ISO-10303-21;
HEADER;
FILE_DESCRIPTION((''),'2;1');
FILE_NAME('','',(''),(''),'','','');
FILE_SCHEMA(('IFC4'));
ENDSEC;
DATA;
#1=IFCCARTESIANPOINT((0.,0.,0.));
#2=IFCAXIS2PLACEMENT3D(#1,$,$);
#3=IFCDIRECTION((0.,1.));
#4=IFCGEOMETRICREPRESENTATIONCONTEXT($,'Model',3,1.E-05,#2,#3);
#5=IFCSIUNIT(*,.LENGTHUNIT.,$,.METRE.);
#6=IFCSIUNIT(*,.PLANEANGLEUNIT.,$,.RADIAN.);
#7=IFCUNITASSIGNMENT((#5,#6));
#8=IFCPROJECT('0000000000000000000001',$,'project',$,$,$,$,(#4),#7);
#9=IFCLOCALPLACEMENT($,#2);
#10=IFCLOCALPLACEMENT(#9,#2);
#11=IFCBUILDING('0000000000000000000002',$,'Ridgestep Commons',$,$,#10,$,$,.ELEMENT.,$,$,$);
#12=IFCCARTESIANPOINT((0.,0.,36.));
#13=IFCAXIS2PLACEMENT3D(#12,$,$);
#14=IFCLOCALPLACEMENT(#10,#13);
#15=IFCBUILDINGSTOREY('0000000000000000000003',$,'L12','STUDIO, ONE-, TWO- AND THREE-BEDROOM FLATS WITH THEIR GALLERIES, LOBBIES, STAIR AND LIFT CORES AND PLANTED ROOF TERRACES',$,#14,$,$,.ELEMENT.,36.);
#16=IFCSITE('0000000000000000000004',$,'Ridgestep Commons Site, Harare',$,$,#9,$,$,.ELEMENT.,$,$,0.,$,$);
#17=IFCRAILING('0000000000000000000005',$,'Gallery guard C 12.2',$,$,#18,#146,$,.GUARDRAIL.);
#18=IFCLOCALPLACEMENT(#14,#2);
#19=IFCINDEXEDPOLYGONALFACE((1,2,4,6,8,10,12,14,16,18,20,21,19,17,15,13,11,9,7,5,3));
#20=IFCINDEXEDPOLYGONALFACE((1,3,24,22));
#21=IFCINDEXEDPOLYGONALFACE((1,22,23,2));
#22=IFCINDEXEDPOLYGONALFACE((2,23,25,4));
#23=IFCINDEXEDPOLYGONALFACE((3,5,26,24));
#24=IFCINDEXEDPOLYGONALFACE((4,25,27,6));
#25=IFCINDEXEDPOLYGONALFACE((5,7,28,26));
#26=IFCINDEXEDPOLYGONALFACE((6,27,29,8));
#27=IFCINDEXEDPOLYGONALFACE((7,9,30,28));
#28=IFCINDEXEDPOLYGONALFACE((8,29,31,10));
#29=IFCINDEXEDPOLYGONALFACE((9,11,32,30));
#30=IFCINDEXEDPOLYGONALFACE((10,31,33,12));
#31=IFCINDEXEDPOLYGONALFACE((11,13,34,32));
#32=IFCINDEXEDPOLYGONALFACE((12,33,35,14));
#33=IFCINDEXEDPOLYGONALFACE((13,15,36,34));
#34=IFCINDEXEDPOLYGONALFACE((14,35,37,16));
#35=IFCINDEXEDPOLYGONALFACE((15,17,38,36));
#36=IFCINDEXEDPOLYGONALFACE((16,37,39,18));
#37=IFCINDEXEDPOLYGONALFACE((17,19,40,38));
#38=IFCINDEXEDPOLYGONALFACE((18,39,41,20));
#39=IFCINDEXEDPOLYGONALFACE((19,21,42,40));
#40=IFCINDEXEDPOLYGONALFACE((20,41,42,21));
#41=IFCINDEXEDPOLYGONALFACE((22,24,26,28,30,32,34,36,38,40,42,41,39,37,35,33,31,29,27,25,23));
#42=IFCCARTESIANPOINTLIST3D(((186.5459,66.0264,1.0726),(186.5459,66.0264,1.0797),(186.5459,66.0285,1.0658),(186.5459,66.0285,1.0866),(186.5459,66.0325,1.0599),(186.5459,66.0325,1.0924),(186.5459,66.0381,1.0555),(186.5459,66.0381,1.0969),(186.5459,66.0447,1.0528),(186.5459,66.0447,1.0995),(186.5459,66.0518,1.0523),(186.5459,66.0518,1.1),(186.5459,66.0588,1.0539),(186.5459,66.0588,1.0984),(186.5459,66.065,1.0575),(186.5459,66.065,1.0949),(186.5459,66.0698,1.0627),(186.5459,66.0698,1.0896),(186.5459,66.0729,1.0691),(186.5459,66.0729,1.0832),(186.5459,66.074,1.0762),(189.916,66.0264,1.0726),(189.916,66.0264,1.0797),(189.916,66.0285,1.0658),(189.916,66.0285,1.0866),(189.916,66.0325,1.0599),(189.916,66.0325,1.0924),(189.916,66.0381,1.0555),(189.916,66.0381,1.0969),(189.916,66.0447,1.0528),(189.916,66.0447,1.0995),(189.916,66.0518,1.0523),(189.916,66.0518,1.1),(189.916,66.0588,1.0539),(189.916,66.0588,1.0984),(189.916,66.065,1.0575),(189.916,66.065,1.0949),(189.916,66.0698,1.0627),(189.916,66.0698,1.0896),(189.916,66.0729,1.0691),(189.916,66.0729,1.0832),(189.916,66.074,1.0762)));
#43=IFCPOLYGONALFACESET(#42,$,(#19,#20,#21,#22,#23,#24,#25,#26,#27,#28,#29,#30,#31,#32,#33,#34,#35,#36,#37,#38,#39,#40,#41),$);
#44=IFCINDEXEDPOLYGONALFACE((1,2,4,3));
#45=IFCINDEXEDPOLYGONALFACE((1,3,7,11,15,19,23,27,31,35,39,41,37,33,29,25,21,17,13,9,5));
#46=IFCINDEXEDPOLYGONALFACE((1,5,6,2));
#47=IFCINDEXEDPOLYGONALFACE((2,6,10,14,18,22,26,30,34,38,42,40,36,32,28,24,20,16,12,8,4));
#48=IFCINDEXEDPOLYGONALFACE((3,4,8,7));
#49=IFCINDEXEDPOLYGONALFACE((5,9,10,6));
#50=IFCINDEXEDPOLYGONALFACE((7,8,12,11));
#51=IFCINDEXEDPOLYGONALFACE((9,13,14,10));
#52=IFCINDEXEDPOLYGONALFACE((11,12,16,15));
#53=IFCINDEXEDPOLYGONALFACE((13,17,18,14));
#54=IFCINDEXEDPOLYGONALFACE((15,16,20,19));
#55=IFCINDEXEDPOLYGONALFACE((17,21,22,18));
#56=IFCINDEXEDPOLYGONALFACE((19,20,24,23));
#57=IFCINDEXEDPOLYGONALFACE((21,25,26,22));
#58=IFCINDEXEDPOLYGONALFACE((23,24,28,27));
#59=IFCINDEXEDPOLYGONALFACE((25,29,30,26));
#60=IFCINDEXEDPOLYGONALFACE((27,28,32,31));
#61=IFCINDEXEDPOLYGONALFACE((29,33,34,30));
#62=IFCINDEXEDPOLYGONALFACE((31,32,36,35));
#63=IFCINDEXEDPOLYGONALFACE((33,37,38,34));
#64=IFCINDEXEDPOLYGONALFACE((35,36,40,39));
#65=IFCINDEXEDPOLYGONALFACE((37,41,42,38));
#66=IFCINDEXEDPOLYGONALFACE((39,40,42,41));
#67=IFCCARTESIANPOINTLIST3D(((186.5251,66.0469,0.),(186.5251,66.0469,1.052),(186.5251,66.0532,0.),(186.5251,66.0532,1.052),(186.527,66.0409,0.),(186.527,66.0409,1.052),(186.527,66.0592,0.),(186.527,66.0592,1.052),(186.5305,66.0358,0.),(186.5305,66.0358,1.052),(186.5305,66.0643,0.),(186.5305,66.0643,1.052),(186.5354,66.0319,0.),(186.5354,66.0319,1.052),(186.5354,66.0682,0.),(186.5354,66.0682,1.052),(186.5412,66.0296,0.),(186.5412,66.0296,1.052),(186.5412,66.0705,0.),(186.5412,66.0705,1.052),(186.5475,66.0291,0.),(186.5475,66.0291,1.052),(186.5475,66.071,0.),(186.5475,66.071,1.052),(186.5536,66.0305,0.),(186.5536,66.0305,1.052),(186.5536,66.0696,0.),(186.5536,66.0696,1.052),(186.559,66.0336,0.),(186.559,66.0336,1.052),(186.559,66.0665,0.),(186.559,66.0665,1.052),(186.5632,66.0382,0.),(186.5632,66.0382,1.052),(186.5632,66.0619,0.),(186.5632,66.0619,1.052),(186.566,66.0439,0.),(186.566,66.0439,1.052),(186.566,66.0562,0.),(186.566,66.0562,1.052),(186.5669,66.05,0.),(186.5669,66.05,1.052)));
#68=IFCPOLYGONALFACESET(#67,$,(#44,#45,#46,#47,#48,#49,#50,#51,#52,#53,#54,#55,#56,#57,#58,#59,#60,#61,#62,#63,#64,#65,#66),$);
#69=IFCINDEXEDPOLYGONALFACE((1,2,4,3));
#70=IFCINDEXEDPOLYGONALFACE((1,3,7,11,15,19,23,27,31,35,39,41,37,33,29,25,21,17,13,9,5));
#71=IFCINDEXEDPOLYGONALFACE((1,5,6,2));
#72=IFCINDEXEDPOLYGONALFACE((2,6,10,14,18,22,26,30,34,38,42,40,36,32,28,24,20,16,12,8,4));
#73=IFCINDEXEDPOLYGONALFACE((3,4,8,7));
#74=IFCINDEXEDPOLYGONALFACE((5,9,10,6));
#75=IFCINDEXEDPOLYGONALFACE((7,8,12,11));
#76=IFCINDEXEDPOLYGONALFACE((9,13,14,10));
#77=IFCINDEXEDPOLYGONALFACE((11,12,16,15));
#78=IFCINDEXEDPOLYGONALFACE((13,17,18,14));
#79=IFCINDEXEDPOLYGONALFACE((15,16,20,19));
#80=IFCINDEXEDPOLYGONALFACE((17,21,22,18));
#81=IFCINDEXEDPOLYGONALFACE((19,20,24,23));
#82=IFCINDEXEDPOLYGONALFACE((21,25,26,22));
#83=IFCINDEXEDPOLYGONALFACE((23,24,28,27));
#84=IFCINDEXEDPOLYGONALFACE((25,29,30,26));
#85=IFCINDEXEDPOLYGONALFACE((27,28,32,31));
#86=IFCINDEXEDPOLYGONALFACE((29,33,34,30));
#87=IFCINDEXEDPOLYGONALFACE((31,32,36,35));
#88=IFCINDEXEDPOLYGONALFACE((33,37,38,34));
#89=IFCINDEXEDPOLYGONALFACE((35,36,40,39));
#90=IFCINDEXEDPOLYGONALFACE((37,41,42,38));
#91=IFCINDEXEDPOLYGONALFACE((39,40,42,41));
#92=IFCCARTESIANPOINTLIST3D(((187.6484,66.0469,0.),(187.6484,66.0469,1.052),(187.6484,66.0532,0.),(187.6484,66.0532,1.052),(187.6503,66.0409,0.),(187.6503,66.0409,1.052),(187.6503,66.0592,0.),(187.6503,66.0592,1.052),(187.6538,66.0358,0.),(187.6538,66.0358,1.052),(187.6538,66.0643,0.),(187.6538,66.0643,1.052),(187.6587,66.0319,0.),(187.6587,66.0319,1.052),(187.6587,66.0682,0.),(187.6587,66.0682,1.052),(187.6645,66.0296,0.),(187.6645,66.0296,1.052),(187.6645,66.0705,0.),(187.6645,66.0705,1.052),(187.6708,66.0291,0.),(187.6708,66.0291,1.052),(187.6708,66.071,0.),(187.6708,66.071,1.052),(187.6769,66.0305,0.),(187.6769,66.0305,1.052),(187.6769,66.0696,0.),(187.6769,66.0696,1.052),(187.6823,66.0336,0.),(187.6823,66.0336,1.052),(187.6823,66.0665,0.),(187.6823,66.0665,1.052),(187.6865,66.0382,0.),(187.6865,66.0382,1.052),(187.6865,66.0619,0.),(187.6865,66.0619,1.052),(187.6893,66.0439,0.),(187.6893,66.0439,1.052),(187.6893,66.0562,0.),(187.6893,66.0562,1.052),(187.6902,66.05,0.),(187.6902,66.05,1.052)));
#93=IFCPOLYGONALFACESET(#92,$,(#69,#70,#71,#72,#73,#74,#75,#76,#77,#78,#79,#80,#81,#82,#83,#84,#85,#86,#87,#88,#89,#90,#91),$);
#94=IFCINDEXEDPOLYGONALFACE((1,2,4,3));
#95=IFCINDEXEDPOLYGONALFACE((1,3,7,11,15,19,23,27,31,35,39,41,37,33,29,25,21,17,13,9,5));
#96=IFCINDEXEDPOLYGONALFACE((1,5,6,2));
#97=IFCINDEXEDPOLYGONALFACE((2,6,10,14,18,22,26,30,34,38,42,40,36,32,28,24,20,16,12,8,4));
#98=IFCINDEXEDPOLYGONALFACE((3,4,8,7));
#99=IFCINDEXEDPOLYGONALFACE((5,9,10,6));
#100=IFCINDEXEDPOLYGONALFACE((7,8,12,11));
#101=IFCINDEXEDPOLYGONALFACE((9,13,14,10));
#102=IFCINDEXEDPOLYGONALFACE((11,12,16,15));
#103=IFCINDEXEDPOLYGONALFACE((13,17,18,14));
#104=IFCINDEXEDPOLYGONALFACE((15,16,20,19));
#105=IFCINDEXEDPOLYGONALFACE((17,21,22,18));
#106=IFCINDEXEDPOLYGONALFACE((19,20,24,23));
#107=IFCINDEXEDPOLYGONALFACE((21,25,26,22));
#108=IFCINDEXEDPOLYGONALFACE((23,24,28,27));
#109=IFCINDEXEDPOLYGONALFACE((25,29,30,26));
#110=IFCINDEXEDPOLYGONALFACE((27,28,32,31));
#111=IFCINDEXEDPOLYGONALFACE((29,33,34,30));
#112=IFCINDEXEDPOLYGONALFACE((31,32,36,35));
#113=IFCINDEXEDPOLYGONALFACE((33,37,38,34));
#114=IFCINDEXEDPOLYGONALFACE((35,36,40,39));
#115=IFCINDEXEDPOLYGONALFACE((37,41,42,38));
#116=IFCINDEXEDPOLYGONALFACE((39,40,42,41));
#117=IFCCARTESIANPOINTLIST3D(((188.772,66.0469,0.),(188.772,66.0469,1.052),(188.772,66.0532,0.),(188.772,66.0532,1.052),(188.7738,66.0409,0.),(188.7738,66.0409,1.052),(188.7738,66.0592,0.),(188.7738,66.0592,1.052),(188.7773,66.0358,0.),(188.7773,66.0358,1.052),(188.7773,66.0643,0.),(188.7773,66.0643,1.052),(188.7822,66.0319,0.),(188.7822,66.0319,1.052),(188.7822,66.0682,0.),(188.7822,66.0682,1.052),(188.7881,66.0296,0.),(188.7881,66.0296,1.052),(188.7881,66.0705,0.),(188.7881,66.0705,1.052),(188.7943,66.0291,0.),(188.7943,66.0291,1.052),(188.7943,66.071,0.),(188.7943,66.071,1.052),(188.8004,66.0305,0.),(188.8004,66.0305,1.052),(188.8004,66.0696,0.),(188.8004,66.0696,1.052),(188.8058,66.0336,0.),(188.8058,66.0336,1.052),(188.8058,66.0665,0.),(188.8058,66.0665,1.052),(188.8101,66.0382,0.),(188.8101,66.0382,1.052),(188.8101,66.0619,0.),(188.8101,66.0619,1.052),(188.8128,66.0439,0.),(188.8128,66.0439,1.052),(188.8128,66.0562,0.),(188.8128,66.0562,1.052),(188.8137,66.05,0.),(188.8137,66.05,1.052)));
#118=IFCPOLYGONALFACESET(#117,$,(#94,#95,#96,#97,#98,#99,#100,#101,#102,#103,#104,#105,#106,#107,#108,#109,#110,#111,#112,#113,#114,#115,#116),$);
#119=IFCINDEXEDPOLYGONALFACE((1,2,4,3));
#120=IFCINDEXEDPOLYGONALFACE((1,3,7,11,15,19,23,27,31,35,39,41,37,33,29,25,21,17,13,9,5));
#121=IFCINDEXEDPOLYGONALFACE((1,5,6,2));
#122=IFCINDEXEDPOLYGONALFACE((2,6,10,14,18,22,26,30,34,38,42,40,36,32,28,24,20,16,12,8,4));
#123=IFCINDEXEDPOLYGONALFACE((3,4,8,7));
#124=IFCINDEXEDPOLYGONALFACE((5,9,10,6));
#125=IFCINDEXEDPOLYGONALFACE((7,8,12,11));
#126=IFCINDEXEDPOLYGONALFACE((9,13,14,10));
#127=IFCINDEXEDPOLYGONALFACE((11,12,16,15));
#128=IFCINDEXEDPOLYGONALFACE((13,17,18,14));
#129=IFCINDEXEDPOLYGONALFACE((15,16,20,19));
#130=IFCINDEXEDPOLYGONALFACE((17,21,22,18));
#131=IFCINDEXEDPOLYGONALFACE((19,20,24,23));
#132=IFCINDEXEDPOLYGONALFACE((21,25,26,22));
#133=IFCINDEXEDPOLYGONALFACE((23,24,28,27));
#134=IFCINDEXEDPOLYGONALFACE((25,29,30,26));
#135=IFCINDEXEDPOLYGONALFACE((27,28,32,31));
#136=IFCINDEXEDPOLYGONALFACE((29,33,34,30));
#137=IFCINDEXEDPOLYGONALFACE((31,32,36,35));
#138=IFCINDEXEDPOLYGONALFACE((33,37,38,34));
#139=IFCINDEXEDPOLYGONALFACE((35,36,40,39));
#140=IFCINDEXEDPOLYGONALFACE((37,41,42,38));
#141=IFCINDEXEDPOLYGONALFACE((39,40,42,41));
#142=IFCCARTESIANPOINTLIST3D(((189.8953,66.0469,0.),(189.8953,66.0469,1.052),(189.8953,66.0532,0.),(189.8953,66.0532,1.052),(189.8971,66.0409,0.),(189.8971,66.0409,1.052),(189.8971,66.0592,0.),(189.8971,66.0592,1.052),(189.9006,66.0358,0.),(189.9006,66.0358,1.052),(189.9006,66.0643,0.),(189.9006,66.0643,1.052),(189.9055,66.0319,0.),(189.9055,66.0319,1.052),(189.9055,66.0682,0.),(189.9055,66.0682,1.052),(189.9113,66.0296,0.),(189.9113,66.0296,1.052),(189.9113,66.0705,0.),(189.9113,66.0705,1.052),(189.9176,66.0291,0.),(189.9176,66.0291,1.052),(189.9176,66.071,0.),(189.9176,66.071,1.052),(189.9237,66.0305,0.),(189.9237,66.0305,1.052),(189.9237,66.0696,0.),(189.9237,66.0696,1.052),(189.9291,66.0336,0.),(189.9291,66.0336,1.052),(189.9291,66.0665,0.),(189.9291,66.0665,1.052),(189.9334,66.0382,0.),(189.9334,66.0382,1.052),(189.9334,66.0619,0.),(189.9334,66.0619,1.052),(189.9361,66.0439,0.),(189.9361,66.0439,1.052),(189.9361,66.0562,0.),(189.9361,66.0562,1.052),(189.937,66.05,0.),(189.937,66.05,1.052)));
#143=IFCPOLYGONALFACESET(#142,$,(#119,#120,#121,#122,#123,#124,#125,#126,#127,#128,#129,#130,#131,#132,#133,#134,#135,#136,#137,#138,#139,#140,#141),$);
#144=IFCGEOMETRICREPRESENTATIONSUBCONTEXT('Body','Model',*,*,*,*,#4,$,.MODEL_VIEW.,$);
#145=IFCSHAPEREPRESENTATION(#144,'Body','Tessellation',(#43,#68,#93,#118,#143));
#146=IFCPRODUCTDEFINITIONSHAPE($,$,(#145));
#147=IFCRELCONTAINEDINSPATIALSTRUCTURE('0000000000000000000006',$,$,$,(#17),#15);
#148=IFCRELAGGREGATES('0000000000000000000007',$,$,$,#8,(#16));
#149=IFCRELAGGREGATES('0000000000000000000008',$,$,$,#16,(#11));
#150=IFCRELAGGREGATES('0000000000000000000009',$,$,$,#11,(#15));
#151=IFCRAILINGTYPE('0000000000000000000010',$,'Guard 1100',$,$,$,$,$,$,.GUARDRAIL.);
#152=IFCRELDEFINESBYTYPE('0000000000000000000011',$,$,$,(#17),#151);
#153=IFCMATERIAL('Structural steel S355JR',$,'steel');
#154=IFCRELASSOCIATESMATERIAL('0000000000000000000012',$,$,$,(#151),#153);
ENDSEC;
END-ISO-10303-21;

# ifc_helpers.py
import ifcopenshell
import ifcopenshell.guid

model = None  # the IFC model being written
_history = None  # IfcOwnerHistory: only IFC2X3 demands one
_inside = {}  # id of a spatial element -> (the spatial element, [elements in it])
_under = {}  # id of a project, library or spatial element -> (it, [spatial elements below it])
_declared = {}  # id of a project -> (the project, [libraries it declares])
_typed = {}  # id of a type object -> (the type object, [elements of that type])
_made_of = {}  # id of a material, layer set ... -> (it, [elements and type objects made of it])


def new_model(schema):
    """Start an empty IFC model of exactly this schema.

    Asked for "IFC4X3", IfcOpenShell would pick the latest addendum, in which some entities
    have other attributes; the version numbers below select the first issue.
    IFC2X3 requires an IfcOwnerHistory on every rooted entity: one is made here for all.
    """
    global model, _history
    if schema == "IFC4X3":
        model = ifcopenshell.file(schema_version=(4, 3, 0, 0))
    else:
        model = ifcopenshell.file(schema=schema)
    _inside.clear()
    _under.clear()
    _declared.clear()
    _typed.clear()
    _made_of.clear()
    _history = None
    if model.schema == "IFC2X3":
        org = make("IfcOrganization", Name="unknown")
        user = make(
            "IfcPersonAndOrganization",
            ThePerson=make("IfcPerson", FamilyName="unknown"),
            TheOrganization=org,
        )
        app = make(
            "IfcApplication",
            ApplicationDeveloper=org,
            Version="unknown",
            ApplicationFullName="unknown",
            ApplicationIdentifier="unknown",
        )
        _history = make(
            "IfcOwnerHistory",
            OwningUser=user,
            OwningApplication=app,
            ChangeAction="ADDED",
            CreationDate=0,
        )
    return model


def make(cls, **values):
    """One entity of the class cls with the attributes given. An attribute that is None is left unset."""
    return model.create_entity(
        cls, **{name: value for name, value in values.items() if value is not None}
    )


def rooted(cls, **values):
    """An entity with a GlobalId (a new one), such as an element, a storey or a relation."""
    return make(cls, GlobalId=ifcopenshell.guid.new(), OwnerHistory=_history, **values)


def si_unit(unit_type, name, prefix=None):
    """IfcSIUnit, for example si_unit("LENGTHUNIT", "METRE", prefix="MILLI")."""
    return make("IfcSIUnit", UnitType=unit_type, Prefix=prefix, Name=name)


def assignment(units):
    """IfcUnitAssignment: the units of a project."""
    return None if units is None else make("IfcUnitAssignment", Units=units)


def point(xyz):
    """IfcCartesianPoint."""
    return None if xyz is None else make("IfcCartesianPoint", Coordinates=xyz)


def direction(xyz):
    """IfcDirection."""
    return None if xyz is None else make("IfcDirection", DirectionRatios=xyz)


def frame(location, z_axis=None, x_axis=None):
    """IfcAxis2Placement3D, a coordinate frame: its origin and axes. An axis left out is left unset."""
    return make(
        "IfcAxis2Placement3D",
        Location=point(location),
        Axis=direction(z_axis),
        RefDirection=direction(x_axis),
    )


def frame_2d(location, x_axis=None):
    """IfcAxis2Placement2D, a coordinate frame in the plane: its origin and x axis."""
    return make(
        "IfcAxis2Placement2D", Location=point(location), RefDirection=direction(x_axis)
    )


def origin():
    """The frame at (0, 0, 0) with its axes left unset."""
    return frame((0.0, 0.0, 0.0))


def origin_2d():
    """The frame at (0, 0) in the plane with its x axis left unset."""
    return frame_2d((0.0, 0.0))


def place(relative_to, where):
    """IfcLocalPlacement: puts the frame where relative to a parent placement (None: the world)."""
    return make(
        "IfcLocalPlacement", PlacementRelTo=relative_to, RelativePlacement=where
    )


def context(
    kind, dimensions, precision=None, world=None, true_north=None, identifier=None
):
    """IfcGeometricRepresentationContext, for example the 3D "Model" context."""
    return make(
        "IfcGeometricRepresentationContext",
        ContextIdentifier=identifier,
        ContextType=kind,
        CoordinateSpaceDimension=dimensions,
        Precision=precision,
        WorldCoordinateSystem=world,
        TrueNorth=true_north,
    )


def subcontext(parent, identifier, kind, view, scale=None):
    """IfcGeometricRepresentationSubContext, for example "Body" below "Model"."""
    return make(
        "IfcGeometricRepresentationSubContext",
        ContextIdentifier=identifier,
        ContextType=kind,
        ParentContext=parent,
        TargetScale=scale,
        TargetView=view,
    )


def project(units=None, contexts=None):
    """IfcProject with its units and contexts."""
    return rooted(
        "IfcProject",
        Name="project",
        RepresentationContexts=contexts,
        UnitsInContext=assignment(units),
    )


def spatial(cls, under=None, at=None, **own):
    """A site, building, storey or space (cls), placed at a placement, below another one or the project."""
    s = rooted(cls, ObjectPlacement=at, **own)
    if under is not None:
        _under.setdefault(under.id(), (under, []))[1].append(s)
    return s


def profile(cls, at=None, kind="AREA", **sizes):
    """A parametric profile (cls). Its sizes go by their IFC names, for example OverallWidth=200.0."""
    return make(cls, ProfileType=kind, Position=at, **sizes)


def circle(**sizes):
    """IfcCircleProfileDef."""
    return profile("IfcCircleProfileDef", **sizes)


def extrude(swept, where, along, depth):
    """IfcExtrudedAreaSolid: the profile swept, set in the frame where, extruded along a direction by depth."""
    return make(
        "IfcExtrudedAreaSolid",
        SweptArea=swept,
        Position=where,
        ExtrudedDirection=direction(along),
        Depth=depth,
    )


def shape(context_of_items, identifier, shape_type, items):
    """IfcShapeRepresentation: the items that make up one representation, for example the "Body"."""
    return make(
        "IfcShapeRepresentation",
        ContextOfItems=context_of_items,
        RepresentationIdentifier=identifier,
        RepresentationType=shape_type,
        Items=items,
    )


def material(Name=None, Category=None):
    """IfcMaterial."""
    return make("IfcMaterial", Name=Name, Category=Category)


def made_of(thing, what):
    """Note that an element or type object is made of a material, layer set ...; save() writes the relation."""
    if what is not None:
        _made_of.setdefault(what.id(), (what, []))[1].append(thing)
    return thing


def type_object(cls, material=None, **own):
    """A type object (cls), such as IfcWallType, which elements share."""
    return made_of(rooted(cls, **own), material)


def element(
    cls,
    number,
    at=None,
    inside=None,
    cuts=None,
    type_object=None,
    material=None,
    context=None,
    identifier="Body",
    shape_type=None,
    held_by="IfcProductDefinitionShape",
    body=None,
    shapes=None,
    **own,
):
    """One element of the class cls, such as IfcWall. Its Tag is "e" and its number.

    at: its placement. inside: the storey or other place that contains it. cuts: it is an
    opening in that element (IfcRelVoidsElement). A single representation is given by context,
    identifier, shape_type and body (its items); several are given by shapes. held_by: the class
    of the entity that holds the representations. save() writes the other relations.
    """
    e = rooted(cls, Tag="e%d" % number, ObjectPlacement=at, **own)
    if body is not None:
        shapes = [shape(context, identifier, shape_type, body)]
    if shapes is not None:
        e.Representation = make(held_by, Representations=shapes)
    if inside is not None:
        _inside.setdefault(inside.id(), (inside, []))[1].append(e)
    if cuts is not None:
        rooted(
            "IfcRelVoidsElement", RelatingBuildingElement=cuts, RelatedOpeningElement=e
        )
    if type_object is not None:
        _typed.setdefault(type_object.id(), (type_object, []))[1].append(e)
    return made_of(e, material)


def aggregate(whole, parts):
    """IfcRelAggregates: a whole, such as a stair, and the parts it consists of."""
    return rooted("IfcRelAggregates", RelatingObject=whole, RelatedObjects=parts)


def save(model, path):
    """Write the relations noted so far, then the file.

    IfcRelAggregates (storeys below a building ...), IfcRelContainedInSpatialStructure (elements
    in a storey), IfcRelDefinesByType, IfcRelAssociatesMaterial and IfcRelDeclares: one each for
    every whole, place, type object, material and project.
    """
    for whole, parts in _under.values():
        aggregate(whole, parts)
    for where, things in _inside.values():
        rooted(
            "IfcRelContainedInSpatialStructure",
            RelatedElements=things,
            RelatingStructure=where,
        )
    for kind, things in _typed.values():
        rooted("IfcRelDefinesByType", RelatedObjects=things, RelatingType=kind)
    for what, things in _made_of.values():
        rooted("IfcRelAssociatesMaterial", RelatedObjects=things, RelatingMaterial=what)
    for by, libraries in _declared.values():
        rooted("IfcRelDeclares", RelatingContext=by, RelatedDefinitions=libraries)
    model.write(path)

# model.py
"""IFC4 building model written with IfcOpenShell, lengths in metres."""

from ifc_helpers import new_model, si_unit, direction, frame, origin, origin_2d, place, context, subcontext, project, spatial, circle, extrude, material, type_object, element, save


model = new_model("IFC4")

# Units and contexts
model_context = context("Model", 3, precision=1e-05, world=origin(), true_north=direction((0.0, 1.0)))
body_context = subcontext(model_context, "Body", "Model", "MODEL_VIEW")
ifc_project = project(units=[si_unit("LENGTHUNIT", "METRE"), si_unit("PLANEANGLEUNIT", "RADIAN")], contexts=[model_context])

# Site, building, storey
site_placement = place(None, origin())
site = spatial("IfcSite", under=ifc_project, at=site_placement, Name="Ridgestep Commons Site, Harare", CompositionType="ELEMENT", RefElevation=0.0)
building_placement = place(site_placement, origin())
building = spatial("IfcBuilding", under=site, at=building_placement, Name="Ridgestep Commons", CompositionType="ELEMENT")
storey_placement = place(building_placement, frame((0.0, 0.0, 36.0)))
storey = spatial("IfcBuildingStorey", under=building, at=storey_placement, Name="L12", Description="STUDIO, ONE-, TWO- AND THREE-BEDROOM FLATS WITH THEIR GALLERIES, LOBBIES, STAIR AND LIFT CORES AND PLANTED ROOF TERRACES", CompositionType="ELEMENT", Elevation=36.0)

# Railing
ifc_material_1 = material(Name="Structural steel S355JR", Category="steel")
railing_type = type_object("IfcRailingType", Name="Guard 1100", PredefinedType="GUARDRAIL", material=ifc_material_1)
railing_1_placement = place(storey_placement, frame((186.5459, 66.05, 0.0)))
element("IfcRailing", 1, at=railing_1_placement, inside=storey, type_object=railing_type, Name="Gallery guard C 12.2", PredefinedType="GUARDRAIL", context=body_context, shape_type="SweptSolid", body=[
    extrude(circle(Radius=0.0239, at=origin_2d()), frame((0.0, 0.0, 1.0762), z_axis=(1.0, 0.0, 0.0), x_axis=(0.0, 1.0, 0.0)), (0.0, 0.0, 1.0), 3.3701),
    extrude(circle(Radius=0.021, at=origin_2d()), origin(), (0.0, 0.0, 1.0), 1.052),
    extrude(circle(Radius=0.021, at=origin_2d()), frame((1.1233, 0.0, 0.0)), (0.0, 0.0, 1.0), 1.052),
    extrude(circle(Radius=0.021, at=origin_2d()), frame((2.2468, 0.0, 0.0)), (0.0, 0.0, 1.0), 1.052),
    extrude(circle(Radius=0.021, at=origin_2d()), frame((3.3701, 0.0, 0.0)), (0.0, 0.0, 1.0), 1.052),
])

save(model, "model.ifc")
